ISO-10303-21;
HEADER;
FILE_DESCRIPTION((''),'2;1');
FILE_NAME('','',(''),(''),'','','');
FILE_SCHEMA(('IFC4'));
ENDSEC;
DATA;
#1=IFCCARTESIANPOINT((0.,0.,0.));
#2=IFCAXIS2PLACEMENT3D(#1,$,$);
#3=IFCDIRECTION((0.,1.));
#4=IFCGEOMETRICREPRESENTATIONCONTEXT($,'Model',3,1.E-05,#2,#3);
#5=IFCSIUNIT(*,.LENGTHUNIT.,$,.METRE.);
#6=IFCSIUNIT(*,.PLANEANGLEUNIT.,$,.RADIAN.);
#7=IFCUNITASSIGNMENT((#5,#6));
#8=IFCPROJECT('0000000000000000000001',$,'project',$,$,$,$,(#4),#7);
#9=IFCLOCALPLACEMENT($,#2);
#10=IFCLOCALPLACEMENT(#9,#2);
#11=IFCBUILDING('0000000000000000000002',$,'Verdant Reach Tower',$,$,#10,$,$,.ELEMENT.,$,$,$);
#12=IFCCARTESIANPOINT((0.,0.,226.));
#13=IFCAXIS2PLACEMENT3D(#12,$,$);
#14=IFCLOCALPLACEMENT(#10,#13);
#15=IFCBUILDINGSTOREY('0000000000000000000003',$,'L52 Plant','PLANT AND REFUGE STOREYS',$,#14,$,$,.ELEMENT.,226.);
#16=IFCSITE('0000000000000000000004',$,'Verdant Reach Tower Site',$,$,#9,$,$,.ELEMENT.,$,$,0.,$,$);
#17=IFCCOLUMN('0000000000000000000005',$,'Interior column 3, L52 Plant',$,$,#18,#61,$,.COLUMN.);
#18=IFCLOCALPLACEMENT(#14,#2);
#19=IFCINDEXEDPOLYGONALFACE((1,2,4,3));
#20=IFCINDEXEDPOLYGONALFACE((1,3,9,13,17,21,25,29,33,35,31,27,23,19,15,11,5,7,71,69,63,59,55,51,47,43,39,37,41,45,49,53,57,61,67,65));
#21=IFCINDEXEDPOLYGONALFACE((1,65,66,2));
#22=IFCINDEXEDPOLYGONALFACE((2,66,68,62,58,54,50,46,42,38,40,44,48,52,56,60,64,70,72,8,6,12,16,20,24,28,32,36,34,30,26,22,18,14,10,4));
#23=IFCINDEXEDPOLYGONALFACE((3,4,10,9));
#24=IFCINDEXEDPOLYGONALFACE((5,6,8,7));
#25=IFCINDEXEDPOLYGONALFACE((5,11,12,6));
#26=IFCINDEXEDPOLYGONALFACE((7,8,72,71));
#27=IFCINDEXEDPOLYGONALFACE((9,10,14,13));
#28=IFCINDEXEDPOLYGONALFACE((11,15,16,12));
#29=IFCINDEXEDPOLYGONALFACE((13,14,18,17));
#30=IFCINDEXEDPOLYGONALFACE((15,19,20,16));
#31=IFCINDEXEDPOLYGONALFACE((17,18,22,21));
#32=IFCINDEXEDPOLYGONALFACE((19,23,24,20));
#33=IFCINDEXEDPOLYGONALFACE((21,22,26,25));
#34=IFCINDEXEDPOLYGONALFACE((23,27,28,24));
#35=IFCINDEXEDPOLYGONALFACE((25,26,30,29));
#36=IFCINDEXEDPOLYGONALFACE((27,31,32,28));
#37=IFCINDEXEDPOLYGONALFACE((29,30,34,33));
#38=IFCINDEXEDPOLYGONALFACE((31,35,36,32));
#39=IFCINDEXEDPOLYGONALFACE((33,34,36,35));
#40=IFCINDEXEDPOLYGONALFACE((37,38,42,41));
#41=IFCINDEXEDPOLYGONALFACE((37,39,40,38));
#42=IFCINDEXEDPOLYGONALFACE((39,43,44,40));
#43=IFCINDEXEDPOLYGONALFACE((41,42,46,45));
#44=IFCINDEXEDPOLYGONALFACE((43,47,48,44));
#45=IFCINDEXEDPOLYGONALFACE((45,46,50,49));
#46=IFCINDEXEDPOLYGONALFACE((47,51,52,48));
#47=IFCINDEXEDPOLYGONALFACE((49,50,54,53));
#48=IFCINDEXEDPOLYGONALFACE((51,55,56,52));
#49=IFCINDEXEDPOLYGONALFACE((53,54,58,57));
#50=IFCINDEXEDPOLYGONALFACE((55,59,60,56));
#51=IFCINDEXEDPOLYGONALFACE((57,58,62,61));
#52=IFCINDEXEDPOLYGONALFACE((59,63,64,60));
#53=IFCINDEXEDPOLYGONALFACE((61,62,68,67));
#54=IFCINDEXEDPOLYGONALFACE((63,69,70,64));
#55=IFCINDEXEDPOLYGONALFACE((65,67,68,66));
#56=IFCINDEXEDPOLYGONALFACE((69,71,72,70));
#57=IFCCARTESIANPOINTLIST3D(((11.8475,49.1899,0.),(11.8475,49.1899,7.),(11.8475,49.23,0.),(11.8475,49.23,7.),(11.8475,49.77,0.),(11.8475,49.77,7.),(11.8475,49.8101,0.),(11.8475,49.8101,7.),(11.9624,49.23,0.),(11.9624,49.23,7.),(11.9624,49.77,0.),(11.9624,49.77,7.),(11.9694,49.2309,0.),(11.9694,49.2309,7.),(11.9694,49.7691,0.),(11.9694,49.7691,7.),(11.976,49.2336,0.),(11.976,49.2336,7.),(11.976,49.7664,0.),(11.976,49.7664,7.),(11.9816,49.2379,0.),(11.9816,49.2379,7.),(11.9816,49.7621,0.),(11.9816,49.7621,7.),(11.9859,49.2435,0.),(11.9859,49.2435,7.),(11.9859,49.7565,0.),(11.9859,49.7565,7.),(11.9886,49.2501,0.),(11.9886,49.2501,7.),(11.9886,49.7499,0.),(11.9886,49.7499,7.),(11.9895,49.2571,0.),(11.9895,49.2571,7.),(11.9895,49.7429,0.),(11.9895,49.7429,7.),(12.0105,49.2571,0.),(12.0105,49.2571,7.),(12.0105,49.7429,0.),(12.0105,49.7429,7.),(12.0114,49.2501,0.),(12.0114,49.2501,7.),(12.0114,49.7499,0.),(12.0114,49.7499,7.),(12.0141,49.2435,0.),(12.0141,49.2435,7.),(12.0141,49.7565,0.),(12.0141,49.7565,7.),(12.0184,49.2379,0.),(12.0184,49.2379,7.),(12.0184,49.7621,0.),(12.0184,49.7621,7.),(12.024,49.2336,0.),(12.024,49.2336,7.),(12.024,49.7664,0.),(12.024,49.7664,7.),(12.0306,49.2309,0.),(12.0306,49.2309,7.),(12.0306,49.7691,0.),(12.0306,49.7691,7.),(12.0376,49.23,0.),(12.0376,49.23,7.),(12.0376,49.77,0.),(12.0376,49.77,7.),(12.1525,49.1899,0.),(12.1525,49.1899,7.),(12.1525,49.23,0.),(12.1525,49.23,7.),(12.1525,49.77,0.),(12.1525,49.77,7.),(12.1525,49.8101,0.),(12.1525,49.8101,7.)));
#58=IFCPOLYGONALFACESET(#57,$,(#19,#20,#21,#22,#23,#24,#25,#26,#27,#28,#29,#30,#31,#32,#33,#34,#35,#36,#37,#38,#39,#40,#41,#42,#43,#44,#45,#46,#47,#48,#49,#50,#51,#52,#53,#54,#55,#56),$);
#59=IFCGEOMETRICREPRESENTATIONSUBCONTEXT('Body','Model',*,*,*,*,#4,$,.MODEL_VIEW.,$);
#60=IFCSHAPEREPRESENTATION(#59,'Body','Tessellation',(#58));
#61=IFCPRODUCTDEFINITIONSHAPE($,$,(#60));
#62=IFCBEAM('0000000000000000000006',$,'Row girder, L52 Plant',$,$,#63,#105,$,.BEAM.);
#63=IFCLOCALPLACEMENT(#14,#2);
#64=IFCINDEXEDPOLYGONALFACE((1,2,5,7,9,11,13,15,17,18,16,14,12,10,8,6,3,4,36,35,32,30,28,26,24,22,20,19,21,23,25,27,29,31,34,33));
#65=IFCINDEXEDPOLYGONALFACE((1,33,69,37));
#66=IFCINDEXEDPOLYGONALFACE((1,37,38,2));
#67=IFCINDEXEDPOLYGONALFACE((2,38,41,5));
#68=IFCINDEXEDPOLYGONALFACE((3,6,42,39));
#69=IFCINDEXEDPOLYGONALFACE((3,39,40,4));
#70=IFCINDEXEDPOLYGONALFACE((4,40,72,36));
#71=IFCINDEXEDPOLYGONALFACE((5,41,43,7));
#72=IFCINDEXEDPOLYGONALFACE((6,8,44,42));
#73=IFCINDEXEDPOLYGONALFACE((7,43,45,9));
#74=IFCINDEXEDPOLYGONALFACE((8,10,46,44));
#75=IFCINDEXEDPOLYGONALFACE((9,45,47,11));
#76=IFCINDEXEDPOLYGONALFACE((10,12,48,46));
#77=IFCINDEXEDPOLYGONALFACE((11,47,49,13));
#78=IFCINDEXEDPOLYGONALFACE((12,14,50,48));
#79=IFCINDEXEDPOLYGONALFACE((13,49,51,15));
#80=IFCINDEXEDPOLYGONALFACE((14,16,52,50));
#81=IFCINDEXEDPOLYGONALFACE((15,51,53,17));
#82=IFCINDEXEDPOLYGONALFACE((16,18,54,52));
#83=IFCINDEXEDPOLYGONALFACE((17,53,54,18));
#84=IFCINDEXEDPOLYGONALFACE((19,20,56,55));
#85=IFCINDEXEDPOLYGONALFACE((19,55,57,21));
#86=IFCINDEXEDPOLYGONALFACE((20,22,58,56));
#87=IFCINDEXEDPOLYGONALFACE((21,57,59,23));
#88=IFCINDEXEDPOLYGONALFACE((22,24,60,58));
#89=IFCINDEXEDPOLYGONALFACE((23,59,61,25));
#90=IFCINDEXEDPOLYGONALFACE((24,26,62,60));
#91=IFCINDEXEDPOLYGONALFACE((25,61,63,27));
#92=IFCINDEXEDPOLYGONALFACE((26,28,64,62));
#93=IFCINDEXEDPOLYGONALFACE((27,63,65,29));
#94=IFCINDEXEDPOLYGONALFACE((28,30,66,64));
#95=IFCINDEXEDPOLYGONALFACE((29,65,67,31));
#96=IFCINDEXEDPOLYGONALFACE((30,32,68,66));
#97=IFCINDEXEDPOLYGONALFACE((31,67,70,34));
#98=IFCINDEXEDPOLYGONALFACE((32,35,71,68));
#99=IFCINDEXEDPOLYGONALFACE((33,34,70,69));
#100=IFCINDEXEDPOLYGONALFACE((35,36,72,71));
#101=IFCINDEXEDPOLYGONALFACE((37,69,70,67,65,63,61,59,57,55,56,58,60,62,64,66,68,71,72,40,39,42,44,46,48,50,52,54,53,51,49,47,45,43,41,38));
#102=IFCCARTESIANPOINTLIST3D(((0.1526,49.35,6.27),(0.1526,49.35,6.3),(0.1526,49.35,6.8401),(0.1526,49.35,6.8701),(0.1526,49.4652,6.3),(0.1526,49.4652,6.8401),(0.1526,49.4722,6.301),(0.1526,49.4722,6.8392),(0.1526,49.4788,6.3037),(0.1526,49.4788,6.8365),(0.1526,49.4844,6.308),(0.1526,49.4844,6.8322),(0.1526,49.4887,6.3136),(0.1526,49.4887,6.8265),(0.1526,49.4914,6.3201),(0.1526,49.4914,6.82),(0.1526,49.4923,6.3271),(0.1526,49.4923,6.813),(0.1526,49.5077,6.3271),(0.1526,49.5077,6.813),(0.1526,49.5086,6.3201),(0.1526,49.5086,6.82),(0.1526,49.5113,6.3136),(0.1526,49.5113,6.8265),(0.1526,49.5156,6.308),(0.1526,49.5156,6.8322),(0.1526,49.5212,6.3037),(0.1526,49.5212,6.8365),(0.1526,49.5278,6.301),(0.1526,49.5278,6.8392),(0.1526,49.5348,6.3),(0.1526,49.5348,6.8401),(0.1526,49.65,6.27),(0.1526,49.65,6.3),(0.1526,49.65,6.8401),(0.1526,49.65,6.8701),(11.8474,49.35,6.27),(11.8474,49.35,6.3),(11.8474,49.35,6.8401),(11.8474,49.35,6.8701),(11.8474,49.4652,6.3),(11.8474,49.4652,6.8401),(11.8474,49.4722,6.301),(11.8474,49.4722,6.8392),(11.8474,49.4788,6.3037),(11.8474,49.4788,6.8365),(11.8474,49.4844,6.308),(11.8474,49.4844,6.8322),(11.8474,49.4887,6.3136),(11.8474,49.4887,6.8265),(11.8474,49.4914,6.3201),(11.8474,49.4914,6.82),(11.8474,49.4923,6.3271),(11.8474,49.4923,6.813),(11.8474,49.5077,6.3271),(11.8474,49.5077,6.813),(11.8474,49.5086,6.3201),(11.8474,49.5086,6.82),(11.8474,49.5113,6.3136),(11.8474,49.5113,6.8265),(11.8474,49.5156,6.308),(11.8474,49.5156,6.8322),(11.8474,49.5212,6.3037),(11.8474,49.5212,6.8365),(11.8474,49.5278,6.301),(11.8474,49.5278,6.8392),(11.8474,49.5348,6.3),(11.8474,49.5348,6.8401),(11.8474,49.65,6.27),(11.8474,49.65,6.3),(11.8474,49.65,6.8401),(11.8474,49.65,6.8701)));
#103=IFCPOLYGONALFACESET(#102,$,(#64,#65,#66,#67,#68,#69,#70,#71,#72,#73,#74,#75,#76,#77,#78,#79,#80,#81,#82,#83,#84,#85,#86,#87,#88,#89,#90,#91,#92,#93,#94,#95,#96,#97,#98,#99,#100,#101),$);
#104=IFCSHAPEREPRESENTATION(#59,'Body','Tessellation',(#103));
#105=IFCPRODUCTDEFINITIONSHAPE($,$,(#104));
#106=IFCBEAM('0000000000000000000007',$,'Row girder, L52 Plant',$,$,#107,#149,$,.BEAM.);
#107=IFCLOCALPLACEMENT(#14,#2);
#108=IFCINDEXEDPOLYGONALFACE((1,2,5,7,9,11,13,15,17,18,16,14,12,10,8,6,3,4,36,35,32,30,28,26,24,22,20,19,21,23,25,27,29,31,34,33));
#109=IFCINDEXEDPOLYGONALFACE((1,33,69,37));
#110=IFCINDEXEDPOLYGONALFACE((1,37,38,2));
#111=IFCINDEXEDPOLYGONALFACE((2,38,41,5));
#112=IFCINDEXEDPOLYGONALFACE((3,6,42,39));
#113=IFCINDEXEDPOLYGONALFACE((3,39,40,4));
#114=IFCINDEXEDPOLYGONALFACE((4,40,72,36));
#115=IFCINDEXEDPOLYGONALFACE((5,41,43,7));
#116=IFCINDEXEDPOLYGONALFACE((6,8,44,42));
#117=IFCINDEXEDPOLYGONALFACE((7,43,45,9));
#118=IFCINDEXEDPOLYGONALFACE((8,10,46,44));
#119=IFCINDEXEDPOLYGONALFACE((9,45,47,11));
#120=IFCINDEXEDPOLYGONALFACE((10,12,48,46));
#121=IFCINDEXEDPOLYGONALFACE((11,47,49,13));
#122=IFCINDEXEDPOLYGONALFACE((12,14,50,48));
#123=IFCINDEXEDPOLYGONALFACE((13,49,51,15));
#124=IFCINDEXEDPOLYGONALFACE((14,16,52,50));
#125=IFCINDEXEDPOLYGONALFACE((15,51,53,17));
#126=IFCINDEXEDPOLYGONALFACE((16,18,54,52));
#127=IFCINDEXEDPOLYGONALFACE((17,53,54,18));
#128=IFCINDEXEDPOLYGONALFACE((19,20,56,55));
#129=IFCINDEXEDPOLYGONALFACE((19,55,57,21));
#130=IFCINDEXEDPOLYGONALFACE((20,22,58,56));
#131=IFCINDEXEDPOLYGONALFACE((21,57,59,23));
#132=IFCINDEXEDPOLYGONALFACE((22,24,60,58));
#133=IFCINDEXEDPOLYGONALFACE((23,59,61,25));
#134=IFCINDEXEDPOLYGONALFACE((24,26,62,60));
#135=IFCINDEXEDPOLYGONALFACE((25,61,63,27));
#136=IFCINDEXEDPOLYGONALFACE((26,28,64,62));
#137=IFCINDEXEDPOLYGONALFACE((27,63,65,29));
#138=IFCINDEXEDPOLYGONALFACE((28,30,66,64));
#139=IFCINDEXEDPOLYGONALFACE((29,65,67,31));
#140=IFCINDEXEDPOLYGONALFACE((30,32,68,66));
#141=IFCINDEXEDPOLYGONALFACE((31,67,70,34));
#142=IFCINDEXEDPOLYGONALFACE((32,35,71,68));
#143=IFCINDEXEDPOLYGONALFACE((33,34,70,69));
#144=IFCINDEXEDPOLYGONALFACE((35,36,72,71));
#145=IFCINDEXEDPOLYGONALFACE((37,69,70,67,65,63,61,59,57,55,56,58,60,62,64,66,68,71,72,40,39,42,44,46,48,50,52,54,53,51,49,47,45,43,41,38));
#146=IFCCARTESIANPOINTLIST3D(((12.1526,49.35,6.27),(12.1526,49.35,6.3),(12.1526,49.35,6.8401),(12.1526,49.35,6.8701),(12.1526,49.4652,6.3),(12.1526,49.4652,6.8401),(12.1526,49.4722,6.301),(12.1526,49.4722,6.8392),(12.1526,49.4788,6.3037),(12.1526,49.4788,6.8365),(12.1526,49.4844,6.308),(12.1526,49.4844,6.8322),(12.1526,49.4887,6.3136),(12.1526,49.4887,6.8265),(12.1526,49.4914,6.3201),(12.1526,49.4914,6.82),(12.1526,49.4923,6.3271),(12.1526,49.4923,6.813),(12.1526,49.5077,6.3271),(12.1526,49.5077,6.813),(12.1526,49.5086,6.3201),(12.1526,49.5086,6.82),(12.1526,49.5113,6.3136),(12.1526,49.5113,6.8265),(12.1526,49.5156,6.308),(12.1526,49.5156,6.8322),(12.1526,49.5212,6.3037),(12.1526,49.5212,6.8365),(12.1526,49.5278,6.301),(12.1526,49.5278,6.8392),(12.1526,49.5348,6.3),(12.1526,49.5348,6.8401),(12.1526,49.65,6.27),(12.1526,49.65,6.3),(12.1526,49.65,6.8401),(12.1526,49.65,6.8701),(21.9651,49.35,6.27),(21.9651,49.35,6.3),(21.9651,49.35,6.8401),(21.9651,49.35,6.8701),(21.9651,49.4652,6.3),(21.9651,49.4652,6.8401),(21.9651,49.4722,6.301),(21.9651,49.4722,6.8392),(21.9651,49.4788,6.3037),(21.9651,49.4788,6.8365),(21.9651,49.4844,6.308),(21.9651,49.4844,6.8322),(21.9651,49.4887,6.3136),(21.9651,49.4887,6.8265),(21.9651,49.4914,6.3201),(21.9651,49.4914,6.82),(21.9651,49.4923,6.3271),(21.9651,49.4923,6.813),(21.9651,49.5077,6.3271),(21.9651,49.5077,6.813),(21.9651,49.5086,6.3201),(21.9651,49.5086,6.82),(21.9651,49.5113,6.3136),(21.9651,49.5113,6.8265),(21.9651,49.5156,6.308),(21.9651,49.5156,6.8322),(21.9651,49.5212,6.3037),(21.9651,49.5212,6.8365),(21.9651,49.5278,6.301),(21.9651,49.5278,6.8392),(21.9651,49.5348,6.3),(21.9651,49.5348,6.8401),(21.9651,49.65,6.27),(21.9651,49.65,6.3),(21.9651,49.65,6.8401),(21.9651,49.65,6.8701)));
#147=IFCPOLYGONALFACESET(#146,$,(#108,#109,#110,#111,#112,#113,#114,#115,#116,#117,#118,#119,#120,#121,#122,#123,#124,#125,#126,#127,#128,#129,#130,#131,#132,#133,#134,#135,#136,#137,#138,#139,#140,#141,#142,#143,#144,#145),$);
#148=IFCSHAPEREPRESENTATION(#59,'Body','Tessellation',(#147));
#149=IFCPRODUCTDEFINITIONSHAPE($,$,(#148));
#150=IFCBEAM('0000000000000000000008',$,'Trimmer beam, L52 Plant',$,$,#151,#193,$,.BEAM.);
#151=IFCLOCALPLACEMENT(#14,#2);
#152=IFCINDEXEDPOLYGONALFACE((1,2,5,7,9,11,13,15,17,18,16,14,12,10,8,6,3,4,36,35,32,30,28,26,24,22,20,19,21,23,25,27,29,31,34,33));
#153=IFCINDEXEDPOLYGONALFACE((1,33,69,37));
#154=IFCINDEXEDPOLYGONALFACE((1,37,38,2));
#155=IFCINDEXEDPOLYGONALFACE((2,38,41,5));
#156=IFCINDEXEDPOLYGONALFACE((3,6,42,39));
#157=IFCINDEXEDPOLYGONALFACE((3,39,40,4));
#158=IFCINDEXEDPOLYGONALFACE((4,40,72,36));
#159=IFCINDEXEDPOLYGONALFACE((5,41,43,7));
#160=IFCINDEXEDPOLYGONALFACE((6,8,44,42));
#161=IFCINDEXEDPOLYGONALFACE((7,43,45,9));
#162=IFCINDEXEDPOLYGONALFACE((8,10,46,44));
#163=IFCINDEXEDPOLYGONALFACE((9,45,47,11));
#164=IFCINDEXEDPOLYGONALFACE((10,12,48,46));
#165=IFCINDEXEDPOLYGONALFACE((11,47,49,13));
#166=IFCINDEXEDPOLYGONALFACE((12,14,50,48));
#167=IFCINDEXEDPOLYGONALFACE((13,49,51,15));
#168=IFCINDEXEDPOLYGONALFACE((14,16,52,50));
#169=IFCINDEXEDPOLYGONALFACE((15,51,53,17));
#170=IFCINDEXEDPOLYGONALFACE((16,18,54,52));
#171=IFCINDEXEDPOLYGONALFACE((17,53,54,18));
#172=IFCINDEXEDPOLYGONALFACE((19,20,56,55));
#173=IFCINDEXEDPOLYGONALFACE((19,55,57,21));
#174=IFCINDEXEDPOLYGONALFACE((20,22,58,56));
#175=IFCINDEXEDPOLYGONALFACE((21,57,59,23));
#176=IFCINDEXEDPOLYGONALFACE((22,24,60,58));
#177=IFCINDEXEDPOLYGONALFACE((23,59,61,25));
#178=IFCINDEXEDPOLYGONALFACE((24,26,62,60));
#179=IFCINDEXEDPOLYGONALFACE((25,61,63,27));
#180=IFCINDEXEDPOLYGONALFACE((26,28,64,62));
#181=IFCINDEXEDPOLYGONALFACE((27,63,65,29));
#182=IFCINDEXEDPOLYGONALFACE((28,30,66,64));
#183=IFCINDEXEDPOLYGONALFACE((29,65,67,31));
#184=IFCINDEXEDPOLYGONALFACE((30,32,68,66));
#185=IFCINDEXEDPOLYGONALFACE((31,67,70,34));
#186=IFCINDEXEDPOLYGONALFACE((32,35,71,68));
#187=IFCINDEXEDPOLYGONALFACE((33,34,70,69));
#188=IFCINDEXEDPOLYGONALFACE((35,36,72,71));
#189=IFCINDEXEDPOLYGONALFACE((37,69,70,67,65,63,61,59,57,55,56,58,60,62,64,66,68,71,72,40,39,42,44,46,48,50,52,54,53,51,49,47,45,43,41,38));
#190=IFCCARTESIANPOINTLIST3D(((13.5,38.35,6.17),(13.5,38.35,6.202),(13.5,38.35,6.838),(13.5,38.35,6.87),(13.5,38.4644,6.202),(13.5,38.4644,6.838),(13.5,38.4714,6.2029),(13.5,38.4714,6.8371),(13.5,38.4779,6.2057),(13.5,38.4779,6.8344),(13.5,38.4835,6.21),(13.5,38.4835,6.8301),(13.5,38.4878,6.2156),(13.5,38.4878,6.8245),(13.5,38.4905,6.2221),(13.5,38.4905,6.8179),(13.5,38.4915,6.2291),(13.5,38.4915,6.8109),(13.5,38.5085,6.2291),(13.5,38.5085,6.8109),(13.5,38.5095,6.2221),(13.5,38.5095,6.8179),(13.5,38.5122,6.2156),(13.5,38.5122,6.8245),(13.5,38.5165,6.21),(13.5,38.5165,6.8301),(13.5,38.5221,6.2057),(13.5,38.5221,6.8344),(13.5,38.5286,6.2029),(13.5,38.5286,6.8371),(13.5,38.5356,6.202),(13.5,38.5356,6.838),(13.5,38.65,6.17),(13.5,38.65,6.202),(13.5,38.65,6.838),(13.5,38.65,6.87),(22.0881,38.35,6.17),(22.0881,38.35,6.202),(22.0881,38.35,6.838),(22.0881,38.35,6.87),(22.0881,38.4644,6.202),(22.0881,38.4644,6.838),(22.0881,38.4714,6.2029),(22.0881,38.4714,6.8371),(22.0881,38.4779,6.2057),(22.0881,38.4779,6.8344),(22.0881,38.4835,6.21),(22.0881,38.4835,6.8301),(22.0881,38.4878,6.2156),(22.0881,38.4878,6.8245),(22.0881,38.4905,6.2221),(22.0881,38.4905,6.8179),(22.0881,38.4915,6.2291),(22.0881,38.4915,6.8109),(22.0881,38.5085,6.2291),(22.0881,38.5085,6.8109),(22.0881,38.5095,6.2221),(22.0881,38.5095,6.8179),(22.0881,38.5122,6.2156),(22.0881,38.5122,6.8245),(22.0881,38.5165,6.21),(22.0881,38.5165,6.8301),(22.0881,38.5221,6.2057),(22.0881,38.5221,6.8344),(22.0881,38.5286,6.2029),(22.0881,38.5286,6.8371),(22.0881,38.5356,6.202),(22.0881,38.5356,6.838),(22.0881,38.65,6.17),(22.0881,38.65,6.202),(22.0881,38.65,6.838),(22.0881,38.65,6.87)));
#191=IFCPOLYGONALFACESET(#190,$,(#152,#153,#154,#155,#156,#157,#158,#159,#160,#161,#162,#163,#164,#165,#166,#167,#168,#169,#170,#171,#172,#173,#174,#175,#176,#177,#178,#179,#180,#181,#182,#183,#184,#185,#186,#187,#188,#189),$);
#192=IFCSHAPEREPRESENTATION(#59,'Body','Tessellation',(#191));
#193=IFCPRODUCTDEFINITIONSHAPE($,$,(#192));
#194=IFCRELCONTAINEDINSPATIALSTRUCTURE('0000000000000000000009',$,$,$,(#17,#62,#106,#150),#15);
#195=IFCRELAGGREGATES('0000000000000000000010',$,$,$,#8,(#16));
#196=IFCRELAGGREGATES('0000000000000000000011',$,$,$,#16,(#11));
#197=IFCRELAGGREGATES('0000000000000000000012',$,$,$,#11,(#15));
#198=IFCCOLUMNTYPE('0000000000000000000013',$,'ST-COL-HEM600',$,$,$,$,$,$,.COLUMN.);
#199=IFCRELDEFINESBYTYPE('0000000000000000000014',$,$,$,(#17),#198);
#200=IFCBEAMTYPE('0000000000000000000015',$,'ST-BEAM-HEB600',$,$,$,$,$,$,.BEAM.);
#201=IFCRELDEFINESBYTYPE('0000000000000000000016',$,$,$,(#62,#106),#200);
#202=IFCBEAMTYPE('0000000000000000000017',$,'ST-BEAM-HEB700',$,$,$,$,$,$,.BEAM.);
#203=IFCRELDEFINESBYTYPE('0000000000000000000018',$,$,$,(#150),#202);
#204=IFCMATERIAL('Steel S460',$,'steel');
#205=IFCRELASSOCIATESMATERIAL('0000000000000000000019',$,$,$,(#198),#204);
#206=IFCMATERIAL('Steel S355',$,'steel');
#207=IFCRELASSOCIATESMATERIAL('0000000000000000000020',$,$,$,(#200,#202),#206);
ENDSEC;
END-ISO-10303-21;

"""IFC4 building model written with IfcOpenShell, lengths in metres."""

from ifc_helpers import new_model, si_unit, direction, frame, origin, origin_2d, place, context, subcontext, project, spatial, i_section, extrude, material, material_profile, profile_set, type_object, element, save


model = new_model("IFC4")

# Units and contexts
model_context = context("Model", 3, precision=1e-05, world=origin(), true_north=direction((0.0, 1.0)))
body_context = subcontext(model_context, "Body", "Model", "MODEL_VIEW")
ifc_project = project(units=[si_unit("LENGTHUNIT", "METRE"), si_unit("PLANEANGLEUNIT", "RADIAN")], contexts=[model_context])

# Site, building, storey
site_placement = place(None, origin())
site = spatial("IfcSite", under=ifc_project, at=site_placement, Name="Verdant Reach Tower Site", CompositionType="ELEMENT", RefElevation=0.0)
building_placement = place(site_placement, origin())
building = spatial("IfcBuilding", under=site, at=building_placement, Name="Verdant Reach Tower", CompositionType="ELEMENT")
storey_placement = place(building_placement, frame((0.0, 0.0, 226.0)))
storey = spatial("IfcBuildingStorey", under=building, at=storey_placement, Name="L52 Plant", Description="PLANT AND REFUGE STOREYS", CompositionType="ELEMENT", Elevation=226.0)

# Column
ifc_material_1 = material(Name="Steel S460", Category="steel")
ifc_material_profile_1 = material_profile(ifc_material_1, i_section(OverallWidth=0.3049, OverallDepth=0.6201, WebThickness=0.021, FlangeThickness=0.04, FilletRadius=0.0271, at=origin_2d()), Name="HEM 600")
ifc_profile_set_1 = profile_set([ifc_material_profile_1], Name="Steel S460")
column_type = type_object("IfcColumnType", Name="ST-COL-HEM600", PredefinedType="COLUMN", material=ifc_profile_set_1)
column_placement = place(storey_placement, frame((12.0, 49.5, 0.0), z_axis=(0.0, 0.0, 1.0), x_axis=(1.0, 0.0, 0.0)))
element("IfcColumn", 1, at=column_placement, inside=storey, type_object=column_type, Name="Interior column 3, L52 Plant", PredefinedType="COLUMN", context=body_context, shape_type="SweptSolid", body=[
    extrude(i_section(OverallWidth=0.3049, OverallDepth=0.6201, WebThickness=0.021, FlangeThickness=0.04, FilletRadius=0.0271, at=origin_2d()), origin(), (0.0, 0.0, 1.0), 7.0),
])

# Beams
ifc_material_2 = material(Name="Steel S355", Category="steel")
ifc_material_profile_2 = material_profile(ifc_material_2, i_section(OverallWidth=0.3, OverallDepth=0.6001, WebThickness=0.0154, FlangeThickness=0.03, FilletRadius=0.0271, at=origin_2d()), Name="HEB 600")
ifc_profile_set_2 = profile_set([ifc_material_profile_2], Name="Steel S355")
beam_type_1 = type_object("IfcBeamType", Name="ST-BEAM-HEB600", PredefinedType="BEAM", material=ifc_profile_set_2)
beam_1_placement = place(storey_placement, frame((0.1526, 49.5, 6.5701), z_axis=(1.0, 0.0, 0.0), x_axis=(0.0, 1.0, 0.0)))
element("IfcBeam", 2, at=beam_1_placement, inside=storey, type_object=beam_type_1, Name="Row girder, L52 Plant", PredefinedType="BEAM", context=body_context, shape_type="SweptSolid", body=[
    extrude(i_section(OverallWidth=0.3, OverallDepth=0.6001, WebThickness=0.0154, FlangeThickness=0.03, FilletRadius=0.0271, at=origin_2d()), origin(), (0.0, 0.0, 1.0), 11.6948),
])
beam_2_placement = place(storey_placement, frame((12.1526, 49.5, 6.5701), z_axis=(1.0, 0.0, 0.0), x_axis=(0.0, 1.0, 0.0)))
element("IfcBeam", 3, at=beam_2_placement, inside=storey, type_object=beam_type_1, Name="Row girder, L52 Plant", PredefinedType="BEAM", context=body_context, shape_type="SweptSolid", body=[
    extrude(i_section(OverallWidth=0.3, OverallDepth=0.6001, WebThickness=0.0154, FlangeThickness=0.03, FilletRadius=0.0271, at=origin_2d()), origin(), (0.0, 0.0, 1.0), 9.8125),
])
ifc_material_profile_3 = material_profile(ifc_material_2, i_section(OverallWidth=0.3, OverallDepth=0.7, WebThickness=0.0171, FlangeThickness=0.032, FilletRadius=0.0271, at=origin_2d()), Name="HEB 700")
ifc_profile_set_3 = profile_set([ifc_material_profile_3], Name="Steel S355")
beam_type_2 = type_object("IfcBeamType", Name="ST-BEAM-HEB700", PredefinedType="BEAM", material=ifc_profile_set_3)
beam_3_placement = place(storey_placement, frame((13.5, 38.5, 6.52), z_axis=(1.0, 0.0, 0.0), x_axis=(0.0, 1.0, 0.0)))
element("IfcBeam", 4, at=beam_3_placement, inside=storey, type_object=beam_type_2, Name="Trimmer beam, L52 Plant", PredefinedType="BEAM", context=body_context, shape_type="SweptSolid", body=[
    extrude(i_section(OverallWidth=0.3, OverallDepth=0.7, WebThickness=0.0171, FlangeThickness=0.032, FilletRadius=0.0271, at=origin_2d()), origin(), (0.0, 0.0, 1.0), 8.5881),
])

save(model, "model.ifc")
